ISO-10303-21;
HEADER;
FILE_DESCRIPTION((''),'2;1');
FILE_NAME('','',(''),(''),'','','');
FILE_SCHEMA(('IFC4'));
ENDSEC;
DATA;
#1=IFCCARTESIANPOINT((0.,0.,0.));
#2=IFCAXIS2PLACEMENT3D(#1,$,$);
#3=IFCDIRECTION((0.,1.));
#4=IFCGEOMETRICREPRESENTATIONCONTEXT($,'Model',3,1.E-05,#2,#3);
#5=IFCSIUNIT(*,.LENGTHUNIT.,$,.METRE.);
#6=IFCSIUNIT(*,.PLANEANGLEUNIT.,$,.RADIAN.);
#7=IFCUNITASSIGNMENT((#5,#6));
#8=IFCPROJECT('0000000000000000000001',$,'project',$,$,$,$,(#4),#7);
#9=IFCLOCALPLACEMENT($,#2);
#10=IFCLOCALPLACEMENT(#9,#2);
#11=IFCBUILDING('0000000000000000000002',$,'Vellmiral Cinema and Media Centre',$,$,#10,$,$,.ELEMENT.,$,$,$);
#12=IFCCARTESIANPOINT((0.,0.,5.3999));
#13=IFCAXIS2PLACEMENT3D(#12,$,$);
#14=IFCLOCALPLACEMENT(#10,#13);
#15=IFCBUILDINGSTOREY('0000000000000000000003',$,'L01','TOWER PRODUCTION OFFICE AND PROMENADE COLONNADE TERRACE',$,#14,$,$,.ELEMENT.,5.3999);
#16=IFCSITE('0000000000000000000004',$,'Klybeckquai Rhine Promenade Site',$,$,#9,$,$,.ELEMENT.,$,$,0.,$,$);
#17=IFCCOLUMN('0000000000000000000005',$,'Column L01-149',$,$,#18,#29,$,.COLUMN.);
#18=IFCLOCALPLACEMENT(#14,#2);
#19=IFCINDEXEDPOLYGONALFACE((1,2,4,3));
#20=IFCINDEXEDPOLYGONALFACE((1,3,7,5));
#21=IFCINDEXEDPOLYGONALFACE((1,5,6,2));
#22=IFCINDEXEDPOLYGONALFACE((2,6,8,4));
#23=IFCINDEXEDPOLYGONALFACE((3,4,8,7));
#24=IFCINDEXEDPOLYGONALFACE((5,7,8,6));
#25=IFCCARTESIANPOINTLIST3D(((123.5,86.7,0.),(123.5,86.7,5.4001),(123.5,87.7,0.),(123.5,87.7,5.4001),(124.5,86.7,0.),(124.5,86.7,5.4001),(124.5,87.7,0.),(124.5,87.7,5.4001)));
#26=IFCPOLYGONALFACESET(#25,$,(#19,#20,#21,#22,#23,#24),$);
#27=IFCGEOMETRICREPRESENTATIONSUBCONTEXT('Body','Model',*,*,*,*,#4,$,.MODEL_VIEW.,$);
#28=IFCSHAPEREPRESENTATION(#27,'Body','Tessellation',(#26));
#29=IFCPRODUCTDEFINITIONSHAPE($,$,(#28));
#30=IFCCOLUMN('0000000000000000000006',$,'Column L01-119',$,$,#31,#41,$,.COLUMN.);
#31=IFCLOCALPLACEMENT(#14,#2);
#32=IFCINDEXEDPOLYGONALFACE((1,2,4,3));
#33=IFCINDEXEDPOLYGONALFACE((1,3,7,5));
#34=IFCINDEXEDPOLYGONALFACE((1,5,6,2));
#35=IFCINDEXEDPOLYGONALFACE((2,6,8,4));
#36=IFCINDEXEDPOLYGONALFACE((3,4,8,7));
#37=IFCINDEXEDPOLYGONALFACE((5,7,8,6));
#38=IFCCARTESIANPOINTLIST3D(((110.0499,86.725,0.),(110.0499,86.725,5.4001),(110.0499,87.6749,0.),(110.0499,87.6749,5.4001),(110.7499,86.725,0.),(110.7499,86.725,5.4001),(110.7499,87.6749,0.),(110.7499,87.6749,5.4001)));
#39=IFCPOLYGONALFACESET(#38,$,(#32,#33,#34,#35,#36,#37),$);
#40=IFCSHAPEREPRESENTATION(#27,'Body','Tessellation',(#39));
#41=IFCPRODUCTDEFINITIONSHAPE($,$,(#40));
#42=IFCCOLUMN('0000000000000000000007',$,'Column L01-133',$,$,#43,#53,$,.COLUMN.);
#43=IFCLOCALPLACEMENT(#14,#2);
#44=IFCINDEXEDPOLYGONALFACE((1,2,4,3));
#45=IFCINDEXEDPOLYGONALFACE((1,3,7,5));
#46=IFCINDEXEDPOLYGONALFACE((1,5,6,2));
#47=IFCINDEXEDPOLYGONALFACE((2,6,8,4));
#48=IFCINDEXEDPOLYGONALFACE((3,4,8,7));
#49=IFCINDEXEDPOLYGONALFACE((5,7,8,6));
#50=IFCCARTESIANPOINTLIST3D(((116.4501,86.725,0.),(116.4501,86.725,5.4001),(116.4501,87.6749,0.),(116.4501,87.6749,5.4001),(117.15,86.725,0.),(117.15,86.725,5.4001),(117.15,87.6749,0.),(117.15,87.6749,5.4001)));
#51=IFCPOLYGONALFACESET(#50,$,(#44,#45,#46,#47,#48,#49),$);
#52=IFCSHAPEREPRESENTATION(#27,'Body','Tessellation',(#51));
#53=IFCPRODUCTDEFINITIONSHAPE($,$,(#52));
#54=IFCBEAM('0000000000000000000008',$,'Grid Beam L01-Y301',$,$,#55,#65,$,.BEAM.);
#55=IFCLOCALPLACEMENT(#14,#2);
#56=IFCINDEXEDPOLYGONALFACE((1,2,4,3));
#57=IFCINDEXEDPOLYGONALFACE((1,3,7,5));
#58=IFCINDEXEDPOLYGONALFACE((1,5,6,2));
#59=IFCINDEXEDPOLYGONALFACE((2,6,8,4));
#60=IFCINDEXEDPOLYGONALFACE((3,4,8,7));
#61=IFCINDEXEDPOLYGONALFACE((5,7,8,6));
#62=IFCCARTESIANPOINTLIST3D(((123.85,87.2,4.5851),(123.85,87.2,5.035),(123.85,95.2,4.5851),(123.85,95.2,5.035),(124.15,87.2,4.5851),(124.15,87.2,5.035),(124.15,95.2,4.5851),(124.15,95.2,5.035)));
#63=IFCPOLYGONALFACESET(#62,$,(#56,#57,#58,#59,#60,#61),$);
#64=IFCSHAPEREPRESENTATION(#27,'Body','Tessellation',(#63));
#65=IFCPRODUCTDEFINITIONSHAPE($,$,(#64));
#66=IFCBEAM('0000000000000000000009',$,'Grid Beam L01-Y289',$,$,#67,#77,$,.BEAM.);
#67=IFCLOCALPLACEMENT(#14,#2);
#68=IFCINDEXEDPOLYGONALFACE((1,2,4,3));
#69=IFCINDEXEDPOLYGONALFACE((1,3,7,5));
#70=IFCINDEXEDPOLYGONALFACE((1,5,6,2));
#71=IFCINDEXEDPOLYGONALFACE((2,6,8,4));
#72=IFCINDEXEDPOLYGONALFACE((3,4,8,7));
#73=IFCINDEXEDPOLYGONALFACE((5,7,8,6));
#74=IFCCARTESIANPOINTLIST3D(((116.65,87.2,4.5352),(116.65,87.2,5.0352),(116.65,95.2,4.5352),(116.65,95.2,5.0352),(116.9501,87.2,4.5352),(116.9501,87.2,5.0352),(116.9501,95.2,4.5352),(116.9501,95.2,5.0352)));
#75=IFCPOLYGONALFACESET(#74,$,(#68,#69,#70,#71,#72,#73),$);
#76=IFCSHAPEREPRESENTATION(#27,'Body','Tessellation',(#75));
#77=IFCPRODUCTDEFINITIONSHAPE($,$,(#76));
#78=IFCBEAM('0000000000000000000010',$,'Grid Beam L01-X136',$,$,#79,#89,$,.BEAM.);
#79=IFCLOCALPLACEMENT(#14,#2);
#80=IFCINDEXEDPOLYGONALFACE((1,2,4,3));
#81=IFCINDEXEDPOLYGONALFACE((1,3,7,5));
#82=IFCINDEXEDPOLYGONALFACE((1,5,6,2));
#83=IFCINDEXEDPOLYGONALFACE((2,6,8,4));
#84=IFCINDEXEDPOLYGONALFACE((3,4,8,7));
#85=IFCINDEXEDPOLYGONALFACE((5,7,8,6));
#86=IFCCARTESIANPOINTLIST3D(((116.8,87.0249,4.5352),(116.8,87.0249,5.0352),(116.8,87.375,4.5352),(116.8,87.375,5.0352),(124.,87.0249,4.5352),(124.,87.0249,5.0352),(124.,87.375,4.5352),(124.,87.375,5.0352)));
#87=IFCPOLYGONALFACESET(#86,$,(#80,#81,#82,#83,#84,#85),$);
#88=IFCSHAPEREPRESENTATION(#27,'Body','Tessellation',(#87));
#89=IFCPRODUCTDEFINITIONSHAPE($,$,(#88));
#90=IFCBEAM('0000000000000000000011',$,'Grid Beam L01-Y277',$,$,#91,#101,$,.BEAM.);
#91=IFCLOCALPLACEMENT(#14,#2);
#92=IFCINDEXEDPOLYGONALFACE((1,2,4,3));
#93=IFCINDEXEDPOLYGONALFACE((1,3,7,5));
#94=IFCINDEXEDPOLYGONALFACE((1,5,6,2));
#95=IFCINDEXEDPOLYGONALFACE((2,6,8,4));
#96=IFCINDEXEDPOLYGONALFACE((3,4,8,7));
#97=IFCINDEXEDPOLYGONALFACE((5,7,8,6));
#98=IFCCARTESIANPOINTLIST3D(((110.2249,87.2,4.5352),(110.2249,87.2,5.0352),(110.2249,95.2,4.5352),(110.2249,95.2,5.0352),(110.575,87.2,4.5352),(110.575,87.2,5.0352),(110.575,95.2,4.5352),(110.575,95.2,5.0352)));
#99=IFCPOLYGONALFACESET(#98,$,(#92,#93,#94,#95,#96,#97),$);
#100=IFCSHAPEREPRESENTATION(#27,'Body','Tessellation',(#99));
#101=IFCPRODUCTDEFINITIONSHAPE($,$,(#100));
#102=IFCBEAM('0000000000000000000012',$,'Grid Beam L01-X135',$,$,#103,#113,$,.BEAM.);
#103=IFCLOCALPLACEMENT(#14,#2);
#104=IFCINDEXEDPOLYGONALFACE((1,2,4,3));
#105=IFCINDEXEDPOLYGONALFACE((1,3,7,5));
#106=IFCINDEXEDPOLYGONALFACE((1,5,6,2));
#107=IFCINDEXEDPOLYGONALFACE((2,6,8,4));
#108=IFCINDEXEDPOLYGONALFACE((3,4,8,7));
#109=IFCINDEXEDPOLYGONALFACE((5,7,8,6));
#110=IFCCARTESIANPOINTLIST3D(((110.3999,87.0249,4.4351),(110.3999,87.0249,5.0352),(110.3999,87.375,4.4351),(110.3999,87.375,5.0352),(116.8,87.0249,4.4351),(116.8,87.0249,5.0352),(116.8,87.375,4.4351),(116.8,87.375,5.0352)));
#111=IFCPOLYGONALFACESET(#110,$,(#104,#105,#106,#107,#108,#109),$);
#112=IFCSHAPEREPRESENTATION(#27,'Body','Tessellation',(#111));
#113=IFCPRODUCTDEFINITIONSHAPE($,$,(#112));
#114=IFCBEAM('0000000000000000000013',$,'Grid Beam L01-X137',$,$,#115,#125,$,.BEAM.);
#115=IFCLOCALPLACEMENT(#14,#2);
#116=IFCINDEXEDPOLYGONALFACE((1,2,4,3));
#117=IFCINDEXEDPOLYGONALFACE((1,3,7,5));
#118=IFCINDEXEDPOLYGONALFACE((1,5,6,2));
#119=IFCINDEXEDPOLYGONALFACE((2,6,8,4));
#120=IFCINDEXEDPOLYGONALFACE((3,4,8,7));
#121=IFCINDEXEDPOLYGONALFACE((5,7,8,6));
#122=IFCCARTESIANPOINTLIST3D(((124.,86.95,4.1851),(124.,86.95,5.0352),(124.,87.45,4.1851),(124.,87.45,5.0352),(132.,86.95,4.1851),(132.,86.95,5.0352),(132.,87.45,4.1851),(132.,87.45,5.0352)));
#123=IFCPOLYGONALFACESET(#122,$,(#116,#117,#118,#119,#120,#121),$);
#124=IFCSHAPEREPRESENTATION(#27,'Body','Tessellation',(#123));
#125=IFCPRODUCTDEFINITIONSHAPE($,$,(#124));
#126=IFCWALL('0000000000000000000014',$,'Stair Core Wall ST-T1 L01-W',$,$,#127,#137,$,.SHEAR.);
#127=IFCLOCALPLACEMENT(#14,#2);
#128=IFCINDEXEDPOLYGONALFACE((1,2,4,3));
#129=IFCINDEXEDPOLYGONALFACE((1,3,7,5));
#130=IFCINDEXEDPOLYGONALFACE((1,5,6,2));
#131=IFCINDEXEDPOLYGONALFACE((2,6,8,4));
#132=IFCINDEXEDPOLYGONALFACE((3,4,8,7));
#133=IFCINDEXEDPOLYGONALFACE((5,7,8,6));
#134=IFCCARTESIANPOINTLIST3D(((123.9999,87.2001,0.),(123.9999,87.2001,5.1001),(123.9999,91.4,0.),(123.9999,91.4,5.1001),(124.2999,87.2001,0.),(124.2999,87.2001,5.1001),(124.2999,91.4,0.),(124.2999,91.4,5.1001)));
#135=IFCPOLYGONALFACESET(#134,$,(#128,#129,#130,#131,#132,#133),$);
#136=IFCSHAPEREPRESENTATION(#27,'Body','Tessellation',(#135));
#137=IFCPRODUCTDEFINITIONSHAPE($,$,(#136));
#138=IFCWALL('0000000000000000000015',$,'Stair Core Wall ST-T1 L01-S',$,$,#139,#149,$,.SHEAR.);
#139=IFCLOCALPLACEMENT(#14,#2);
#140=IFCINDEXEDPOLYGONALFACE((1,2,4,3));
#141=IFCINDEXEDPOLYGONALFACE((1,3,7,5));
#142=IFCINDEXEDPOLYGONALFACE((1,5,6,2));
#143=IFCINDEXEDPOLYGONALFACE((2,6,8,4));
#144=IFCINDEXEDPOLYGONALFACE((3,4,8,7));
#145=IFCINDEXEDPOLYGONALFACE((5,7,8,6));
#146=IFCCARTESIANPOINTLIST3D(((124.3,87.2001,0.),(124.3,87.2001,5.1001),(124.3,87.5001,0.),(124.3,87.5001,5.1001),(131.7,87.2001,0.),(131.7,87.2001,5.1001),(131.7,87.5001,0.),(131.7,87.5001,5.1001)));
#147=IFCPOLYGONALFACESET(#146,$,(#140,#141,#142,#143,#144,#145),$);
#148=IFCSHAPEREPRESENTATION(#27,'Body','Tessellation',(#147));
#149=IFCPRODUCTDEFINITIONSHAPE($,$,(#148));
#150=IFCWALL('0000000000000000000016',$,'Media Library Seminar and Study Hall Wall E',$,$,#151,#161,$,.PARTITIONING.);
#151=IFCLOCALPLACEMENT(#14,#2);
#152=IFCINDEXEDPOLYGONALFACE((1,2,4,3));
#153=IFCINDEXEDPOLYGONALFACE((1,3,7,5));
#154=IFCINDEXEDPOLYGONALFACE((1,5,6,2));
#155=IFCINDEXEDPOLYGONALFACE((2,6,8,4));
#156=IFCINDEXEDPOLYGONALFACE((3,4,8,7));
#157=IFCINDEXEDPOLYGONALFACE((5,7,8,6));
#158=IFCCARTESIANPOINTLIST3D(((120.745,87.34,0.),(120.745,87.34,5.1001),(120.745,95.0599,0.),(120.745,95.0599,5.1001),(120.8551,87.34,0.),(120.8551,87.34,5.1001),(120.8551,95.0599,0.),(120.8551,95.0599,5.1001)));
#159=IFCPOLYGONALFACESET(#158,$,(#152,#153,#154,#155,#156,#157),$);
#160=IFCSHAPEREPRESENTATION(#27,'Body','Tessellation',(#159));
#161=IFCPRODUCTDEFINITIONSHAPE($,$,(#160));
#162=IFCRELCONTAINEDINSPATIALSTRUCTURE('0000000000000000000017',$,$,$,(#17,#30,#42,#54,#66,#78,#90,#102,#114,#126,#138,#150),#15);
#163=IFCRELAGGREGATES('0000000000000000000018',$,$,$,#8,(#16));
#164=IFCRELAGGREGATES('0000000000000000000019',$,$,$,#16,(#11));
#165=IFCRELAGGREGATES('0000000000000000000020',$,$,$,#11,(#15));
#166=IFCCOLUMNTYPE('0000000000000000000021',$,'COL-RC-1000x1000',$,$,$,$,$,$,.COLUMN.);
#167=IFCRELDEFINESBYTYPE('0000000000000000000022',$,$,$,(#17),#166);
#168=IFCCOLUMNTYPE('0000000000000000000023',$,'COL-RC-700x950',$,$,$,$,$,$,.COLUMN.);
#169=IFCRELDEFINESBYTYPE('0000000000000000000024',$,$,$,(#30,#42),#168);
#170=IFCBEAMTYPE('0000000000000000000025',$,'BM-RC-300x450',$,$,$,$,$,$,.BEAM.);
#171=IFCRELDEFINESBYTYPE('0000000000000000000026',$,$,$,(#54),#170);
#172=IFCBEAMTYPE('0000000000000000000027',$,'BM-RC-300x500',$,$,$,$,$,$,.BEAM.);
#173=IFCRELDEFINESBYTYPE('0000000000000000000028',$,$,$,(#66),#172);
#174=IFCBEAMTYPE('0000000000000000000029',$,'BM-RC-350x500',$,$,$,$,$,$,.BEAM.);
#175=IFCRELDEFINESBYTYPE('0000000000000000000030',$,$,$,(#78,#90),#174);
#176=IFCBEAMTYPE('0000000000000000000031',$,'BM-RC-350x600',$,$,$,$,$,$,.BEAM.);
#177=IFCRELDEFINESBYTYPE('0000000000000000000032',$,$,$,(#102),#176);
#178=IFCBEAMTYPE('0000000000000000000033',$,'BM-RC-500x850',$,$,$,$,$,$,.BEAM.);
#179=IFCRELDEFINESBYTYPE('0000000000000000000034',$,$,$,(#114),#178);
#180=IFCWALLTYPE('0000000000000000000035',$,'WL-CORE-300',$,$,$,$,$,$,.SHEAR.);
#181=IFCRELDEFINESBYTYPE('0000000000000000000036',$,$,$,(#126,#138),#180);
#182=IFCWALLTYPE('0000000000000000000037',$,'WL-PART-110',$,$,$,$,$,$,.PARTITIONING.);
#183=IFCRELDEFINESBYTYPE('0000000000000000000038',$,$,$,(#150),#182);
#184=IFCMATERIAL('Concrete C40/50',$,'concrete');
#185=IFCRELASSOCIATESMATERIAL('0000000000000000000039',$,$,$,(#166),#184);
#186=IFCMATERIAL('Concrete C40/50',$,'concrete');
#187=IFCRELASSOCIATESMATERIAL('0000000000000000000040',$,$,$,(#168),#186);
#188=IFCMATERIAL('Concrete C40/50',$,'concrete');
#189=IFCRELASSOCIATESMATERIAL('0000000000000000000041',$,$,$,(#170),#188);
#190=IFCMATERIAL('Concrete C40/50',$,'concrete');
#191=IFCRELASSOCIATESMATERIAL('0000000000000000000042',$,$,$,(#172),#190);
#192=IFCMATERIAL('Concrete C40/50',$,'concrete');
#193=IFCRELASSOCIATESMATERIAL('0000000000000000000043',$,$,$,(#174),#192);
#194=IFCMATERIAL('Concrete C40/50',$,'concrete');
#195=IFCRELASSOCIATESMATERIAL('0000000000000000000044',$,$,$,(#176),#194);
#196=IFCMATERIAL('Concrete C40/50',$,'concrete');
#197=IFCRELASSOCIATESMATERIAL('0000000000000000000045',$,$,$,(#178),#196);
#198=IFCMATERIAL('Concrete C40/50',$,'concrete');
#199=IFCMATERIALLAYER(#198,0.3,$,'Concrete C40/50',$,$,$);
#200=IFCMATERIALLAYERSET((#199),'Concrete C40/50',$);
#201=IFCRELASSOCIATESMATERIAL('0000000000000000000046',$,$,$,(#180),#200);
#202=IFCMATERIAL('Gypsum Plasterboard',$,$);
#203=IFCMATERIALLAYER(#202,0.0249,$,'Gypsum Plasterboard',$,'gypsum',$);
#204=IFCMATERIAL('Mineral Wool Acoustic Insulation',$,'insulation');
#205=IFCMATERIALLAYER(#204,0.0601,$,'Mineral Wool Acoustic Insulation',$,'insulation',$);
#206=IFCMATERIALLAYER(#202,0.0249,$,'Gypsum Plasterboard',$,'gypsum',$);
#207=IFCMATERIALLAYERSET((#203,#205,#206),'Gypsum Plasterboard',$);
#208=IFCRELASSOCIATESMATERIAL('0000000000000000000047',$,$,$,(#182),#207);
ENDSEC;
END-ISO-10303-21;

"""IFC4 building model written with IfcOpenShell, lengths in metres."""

from ifc_helpers import new_model, si_unit, direction, frame, frame_2d, origin, origin_2d, place, context, subcontext, project, spatial, rectangle, extrude, material, layer, layer_set, material_profile, profile_set, type_object, element, save


model = new_model("IFC4")

# Units and contexts
model_context = context("Model", 3, precision=1e-05, world=origin(), true_north=direction((0.0, 1.0)))
body_context = subcontext(model_context, "Body", "Model", "MODEL_VIEW")
ifc_project = project(units=[si_unit("LENGTHUNIT", "METRE"), si_unit("PLANEANGLEUNIT", "RADIAN")], contexts=[model_context])

# Site, building, storey
site_placement = place(None, origin())
site = spatial("IfcSite", under=ifc_project, at=site_placement, Name="Klybeckquai Rhine Promenade Site", CompositionType="ELEMENT", RefElevation=0.0)
building_placement = place(site_placement, origin())
building = spatial("IfcBuilding", under=site, at=building_placement, Name="Vellmiral Cinema and Media Centre", CompositionType="ELEMENT")
storey_placement = place(building_placement, frame((0.0, 0.0, 5.3999)))
storey = spatial("IfcBuildingStorey", under=building, at=storey_placement, Name="L01", Description="TOWER PRODUCTION OFFICE AND PROMENADE COLONNADE TERRACE", CompositionType="ELEMENT", Elevation=5.3999)

# Columns
ifc_material_1 = material(Name="Concrete C40/50", Category="concrete")
ifc_material_profile_1 = material_profile(ifc_material_1, rectangle(XDim=1.0, YDim=1.0, at=origin_2d()), Name="RC 1000x1000")
ifc_profile_set_1 = profile_set([ifc_material_profile_1], Name="Concrete C40/50")
column_type_1 = type_object("IfcColumnType", Name="COL-RC-1000x1000", PredefinedType="COLUMN", material=ifc_profile_set_1)
column_placement = place(storey_placement, frame((124.0, 87.2, 0.0), z_axis=(0.0, 0.0, 1.0), x_axis=(1.0, 0.0, 0.0)))
element("IfcColumn", 1, at=column_placement, inside=storey, type_object=column_type_1, Name="Column L01-149", PredefinedType="COLUMN", context=body_context, shape_type="SweptSolid", body=[
    extrude(rectangle(XDim=1.0, YDim=1.0, at=origin_2d()), origin(), (0.0, 0.0, 1.0), 5.4001),
])
ifc_material_2 = material(Name="Concrete C40/50", Category="concrete")
ifc_material_profile_2 = material_profile(ifc_material_2, rectangle(XDim=0.7, YDim=0.95, at=origin_2d()), Name="RC 700x950")
ifc_profile_set_2 = profile_set([ifc_material_profile_2], Name="Concrete C40/50")
column_type_2 = type_object("IfcColumnType", Name="COL-RC-700x950", PredefinedType="COLUMN", material=ifc_profile_set_2)
for number, where, z_axis, x_axis, name in (
    (2, (110.3999, 87.2, 0.0), (0.0, 0.0, 1.0), (1.0, 0.0, 0.0), "Column L01-119"),
    (3, (116.8, 87.2, 0.0), (0.0, 0.0, 1.0), (1.0, 0.0, 0.0), "Column L01-133"),
):
    element("IfcColumn", number, at=place(storey_placement, frame(where, z_axis=z_axis, x_axis=x_axis)), inside=storey, type_object=column_type_2, Name=name, PredefinedType="COLUMN", context=body_context, shape_type="SweptSolid", body=[
        extrude(rectangle(XDim=0.7, YDim=0.95, at=origin_2d()), origin(), (0.0, 0.0, 1.0), 5.4001),
    ])

# Beams
ifc_material_3 = material(Name="Concrete C40/50", Category="concrete")
ifc_material_profile_3 = material_profile(ifc_material_3, rectangle(XDim=0.3, YDim=0.45, at=origin_2d()), Name="RC 300x450")
ifc_profile_set_3 = profile_set([ifc_material_profile_3], Name="Concrete C40/50")
beam_type_1 = type_object("IfcBeamType", Name="BM-RC-300x450", PredefinedType="BEAM", material=ifc_profile_set_3)
beam_1_placement = place(storey_placement, frame((124.0, 87.2, 4.8101), z_axis=(0.0, 1.0, 0.0), x_axis=(-1.0, 0.0, 0.0)))
element("IfcBeam", 4, at=beam_1_placement, inside=storey, type_object=beam_type_1, Name="Grid Beam L01-Y301", PredefinedType="BEAM", context=body_context, shape_type="SweptSolid", body=[
    extrude(rectangle(XDim=0.3, YDim=0.45, at=origin_2d()), origin(), (0.0, 0.0, 1.0), 8.0),
])
ifc_material_4 = material(Name="Concrete C40/50", Category="concrete")
ifc_material_profile_4 = material_profile(ifc_material_4, rectangle(XDim=0.3, YDim=0.5, at=origin_2d()), Name="RC 300x500")
ifc_profile_set_4 = profile_set([ifc_material_profile_4], Name="Concrete C40/50")
beam_type_2 = type_object("IfcBeamType", Name="BM-RC-300x500", PredefinedType="BEAM", material=ifc_profile_set_4)
beam_2_placement = place(storey_placement, frame((116.8, 87.2, 4.7852), z_axis=(0.0, 1.0, 0.0), x_axis=(-1.0, 0.0, 0.0)))
element("IfcBeam", 5, at=beam_2_placement, inside=storey, type_object=beam_type_2, Name="Grid Beam L01-Y289", PredefinedType="BEAM", context=body_context, shape_type="SweptSolid", body=[
    extrude(rectangle(XDim=0.3, YDim=0.5, at=origin_2d()), origin(), (0.0, 0.0, 1.0), 8.0),
])
ifc_material_5 = material(Name="Concrete C40/50", Category="concrete")
ifc_material_profile_5 = material_profile(ifc_material_5, rectangle(XDim=0.3501, YDim=0.5, at=origin_2d()), Name="RC 350x500")
ifc_profile_set_5 = profile_set([ifc_material_profile_5], Name="Concrete C40/50")
beam_type_3 = type_object("IfcBeamType", Name="BM-RC-350x500", PredefinedType="BEAM", material=ifc_profile_set_5)
beam_3_placement = place(storey_placement, frame((116.8, 87.2, 4.7852), z_axis=(1.0, 0.0, 0.0), x_axis=(0.0, 1.0, 0.0)))
element("IfcBeam", 6, at=beam_3_placement, inside=storey, type_object=beam_type_3, Name="Grid Beam L01-X136", PredefinedType="BEAM", context=body_context, shape_type="SweptSolid", body=[
    extrude(rectangle(XDim=0.3501, YDim=0.5, at=origin_2d()), origin(), (0.0, 0.0, 1.0), 7.2),
])
beam_4_placement = place(storey_placement, frame((110.3999, 87.2, 4.7852), z_axis=(0.0, 1.0, 0.0), x_axis=(-1.0, 0.0, 0.0)))
element("IfcBeam", 7, at=beam_4_placement, inside=storey, type_object=beam_type_3, Name="Grid Beam L01-Y277", PredefinedType="BEAM", context=body_context, shape_type="SweptSolid", body=[
    extrude(rectangle(XDim=0.3501, YDim=0.5, at=origin_2d()), origin(), (0.0, 0.0, 1.0), 8.0),
])
ifc_material_6 = material(Name="Concrete C40/50", Category="concrete")
ifc_material_profile_6 = material_profile(ifc_material_6, rectangle(XDim=0.3501, YDim=0.6001, at=origin_2d()), Name="RC 350x600")
ifc_profile_set_6 = profile_set([ifc_material_profile_6], Name="Concrete C40/50")
beam_type_4 = type_object("IfcBeamType", Name="BM-RC-350x600", PredefinedType="BEAM", material=ifc_profile_set_6)
beam_5_placement = place(storey_placement, frame((110.3999, 87.2, 4.7351), z_axis=(1.0, 0.0, 0.0), x_axis=(0.0, 1.0, 0.0)))
element("IfcBeam", 8, at=beam_5_placement, inside=storey, type_object=beam_type_4, Name="Grid Beam L01-X135", PredefinedType="BEAM", context=body_context, shape_type="SweptSolid", body=[
    extrude(rectangle(XDim=0.3501, YDim=0.6001, at=origin_2d()), origin(), (0.0, 0.0, 1.0), 6.4001),
])
ifc_material_7 = material(Name="Concrete C40/50", Category="concrete")
ifc_material_profile_7 = material_profile(ifc_material_7, rectangle(XDim=0.5, YDim=0.8501, at=origin_2d()), Name="RC 500x850")
ifc_profile_set_7 = profile_set([ifc_material_profile_7], Name="Concrete C40/50")
beam_type_5 = type_object("IfcBeamType", Name="BM-RC-500x850", PredefinedType="BEAM", material=ifc_profile_set_7)
beam_6_placement = place(storey_placement, frame((124.0, 87.2, 4.6101), z_axis=(1.0, 0.0, 0.0), x_axis=(0.0, 1.0, 0.0)))
element("IfcBeam", 9, at=beam_6_placement, inside=storey, type_object=beam_type_5, Name="Grid Beam L01-X137", PredefinedType="BEAM", context=body_context, shape_type="SweptSolid", body=[
    extrude(rectangle(XDim=0.5, YDim=0.8501, at=origin_2d()), origin(), (0.0, 0.0, 1.0), 8.0),
])

# Walls
ifc_material_8 = material(Name="Concrete C40/50", Category="concrete")
ifc_layer_1 = layer(ifc_material_8, 0.3, Name="Concrete C40/50")
ifc_layer_set_1 = layer_set([ifc_layer_1], Name="Concrete C40/50")
wall_type_1 = type_object("IfcWallType", Name="WL-CORE-300", PredefinedType="SHEAR", material=ifc_layer_set_1)
wall_1_placement = place(storey_placement, frame((124.1499, 87.2, 0.0), z_axis=(0.0, 0.0, 1.0), x_axis=(0.0, 1.0, 0.0)))
element("IfcWall", 10, at=wall_1_placement, inside=storey, type_object=wall_type_1, Name="Stair Core Wall ST-T1 L01-W", PredefinedType="SHEAR", context=body_context, shape_type="SweptSolid", body=[
    extrude(rectangle(XDim=4.2, YDim=0.3, at=frame_2d((2.1001, 0.0))), origin(), (0.0, 0.0, 1.0), 5.1001),
])
wall_2_placement = place(storey_placement, frame((124.3, 87.3501, 0.0), z_axis=(0.0, 0.0, 1.0), x_axis=(1.0, 0.0, 0.0)))
element("IfcWall", 11, at=wall_2_placement, inside=storey, type_object=wall_type_1, Name="Stair Core Wall ST-T1 L01-S", PredefinedType="SHEAR", context=body_context, shape_type="SweptSolid", body=[
    extrude(rectangle(XDim=7.3999, YDim=0.3, at=frame_2d((3.7, 0.0))), origin(), (0.0, 0.0, 1.0), 5.1001),
])
ifc_material_9 = material(Name="Gypsum Plasterboard")
ifc_layer_2 = layer(ifc_material_9, 0.0249, Name="Gypsum Plasterboard", Category="gypsum")
ifc_material_10 = material(Name="Mineral Wool Acoustic Insulation", Category="insulation")
ifc_layer_3 = layer(ifc_material_10, 0.0601, Name="Mineral Wool Acoustic Insulation", Category="insulation")
ifc_layer_4 = layer(ifc_material_9, 0.0249, Name="Gypsum Plasterboard", Category="gypsum")
ifc_layer_set_2 = layer_set([ifc_layer_2, ifc_layer_3, ifc_layer_4], Name="Gypsum Plasterboard")
wall_type_2 = type_object("IfcWallType", Name="WL-PART-110", PredefinedType="PARTITIONING", material=ifc_layer_set_2)
wall_3_placement = place(storey_placement, frame((120.8, 87.3401, 0.0), z_axis=(0.0, 0.0, 1.0), x_axis=(0.0, 1.0, 0.0)))
element("IfcWall", 12, at=wall_3_placement, inside=storey, type_object=wall_type_2, Name="Media Library Seminar and Study Hall Wall E", PredefinedType="PARTITIONING", context=body_context, shape_type="SweptSolid", body=[
    extrude(rectangle(XDim=7.72, YDim=0.1101, at=frame_2d((3.8599, 0.0))), origin(), (0.0, 0.0, 1.0), 5.1001),
])

save(model, "model.ifc")
